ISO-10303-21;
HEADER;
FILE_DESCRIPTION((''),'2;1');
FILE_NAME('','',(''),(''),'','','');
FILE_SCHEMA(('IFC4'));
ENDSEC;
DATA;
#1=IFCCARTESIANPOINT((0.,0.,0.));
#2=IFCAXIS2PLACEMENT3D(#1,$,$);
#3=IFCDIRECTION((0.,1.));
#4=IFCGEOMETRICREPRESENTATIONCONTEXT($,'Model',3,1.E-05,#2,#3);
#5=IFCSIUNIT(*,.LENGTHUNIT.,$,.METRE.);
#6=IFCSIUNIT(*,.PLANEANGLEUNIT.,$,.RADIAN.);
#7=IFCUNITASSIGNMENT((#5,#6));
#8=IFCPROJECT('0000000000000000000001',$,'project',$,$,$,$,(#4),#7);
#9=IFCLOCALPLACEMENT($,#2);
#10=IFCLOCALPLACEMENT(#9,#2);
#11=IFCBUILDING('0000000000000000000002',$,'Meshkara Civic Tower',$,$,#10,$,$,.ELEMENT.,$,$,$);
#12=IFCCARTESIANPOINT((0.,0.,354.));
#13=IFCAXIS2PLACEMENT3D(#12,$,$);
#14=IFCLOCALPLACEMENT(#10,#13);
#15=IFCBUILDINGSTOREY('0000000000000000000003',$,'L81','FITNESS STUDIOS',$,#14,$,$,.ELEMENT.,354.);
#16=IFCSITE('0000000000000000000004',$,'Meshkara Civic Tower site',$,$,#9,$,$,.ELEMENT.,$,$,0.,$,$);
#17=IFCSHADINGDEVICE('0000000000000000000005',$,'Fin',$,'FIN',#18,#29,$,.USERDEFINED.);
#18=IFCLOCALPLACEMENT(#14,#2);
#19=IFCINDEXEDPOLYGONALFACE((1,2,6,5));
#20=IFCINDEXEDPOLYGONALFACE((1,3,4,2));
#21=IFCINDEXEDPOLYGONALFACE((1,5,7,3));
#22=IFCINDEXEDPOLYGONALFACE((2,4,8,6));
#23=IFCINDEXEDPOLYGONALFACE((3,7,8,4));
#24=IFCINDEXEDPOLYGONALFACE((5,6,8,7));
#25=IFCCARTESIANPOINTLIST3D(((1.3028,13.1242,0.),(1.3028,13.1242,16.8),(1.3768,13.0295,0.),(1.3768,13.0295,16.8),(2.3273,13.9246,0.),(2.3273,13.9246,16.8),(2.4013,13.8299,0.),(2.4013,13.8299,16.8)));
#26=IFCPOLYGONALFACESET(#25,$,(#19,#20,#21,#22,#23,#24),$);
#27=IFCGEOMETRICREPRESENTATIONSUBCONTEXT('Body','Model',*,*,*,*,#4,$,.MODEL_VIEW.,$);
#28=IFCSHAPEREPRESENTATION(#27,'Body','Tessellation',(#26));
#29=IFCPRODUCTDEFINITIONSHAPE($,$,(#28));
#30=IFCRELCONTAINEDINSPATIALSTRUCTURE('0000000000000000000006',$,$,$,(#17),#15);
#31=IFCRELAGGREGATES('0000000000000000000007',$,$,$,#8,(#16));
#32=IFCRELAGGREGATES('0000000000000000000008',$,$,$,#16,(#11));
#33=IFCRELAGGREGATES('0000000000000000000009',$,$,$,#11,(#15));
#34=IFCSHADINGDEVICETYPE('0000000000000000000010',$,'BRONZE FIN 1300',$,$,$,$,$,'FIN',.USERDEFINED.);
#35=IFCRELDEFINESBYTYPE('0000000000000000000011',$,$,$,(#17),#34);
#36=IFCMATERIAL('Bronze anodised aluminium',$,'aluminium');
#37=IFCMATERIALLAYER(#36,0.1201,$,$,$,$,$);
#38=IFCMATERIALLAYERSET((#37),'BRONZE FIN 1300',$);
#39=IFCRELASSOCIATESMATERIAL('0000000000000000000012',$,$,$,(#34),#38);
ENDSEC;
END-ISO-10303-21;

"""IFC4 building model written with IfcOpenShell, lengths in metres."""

from ifc_helpers import new_model, si_unit, direction, frame, origin, origin_2d, place, context, subcontext, project, spatial, rectangle, extrude, material, layer, layer_set, type_object, element, save


model = new_model("IFC4")

# Units and contexts
model_context = context("Model", 3, precision=1e-05, world=origin(), true_north=direction((0.0, 1.0)))
body_context = subcontext(model_context, "Body", "Model", "MODEL_VIEW")
ifc_project = project(units=[si_unit("LENGTHUNIT", "METRE"), si_unit("PLANEANGLEUNIT", "RADIAN")], contexts=[model_context])

# Site, building, storey
site_placement = place(None, origin())
site = spatial("IfcSite", under=ifc_project, at=site_placement, Name="Meshkara Civic Tower site", CompositionType="ELEMENT", RefElevation=0.0)
building_placement = place(site_placement, origin())
building = spatial("IfcBuilding", under=site, at=building_placement, Name="Meshkara Civic Tower", CompositionType="ELEMENT")
storey_placement = place(building_placement, frame((0.0, 0.0, 354.0)))
storey = spatial("IfcBuildingStorey", under=building, at=storey_placement, Name="L81", Description="FITNESS STUDIOS", CompositionType="ELEMENT", Elevation=354.0)

# Shading device
ifc_material_1 = material(Name="Bronze anodised aluminium", Category="aluminium")
ifc_layer_1 = layer(ifc_material_1, 0.1201)
ifc_layer_set_1 = layer_set([ifc_layer_1], Name="BRONZE FIN 1300")
shading_device_type = type_object("IfcShadingDeviceType", Name="BRONZE FIN 1300", ElementType="FIN", PredefinedType="USERDEFINED", material=ifc_layer_set_1)
shading_device_placement = place(storey_placement, frame((1.8521, 13.4771, 0.0), z_axis=(0.0, 0.0, 1.0), x_axis=(0.615661, -0.788011, 0.0)))
element("IfcShadingDevice", 1, at=shading_device_placement, inside=storey, type_object=shading_device_type, Name="Fin", ObjectType="FIN", PredefinedType="USERDEFINED", context=body_context, shape_type="SweptSolid", body=[
    extrude(rectangle(XDim=0.1201, YDim=1.3, at=origin_2d()), origin(), (0.0, 0.0, 1.0), 16.8),
])

save(model, "model.ifc")
